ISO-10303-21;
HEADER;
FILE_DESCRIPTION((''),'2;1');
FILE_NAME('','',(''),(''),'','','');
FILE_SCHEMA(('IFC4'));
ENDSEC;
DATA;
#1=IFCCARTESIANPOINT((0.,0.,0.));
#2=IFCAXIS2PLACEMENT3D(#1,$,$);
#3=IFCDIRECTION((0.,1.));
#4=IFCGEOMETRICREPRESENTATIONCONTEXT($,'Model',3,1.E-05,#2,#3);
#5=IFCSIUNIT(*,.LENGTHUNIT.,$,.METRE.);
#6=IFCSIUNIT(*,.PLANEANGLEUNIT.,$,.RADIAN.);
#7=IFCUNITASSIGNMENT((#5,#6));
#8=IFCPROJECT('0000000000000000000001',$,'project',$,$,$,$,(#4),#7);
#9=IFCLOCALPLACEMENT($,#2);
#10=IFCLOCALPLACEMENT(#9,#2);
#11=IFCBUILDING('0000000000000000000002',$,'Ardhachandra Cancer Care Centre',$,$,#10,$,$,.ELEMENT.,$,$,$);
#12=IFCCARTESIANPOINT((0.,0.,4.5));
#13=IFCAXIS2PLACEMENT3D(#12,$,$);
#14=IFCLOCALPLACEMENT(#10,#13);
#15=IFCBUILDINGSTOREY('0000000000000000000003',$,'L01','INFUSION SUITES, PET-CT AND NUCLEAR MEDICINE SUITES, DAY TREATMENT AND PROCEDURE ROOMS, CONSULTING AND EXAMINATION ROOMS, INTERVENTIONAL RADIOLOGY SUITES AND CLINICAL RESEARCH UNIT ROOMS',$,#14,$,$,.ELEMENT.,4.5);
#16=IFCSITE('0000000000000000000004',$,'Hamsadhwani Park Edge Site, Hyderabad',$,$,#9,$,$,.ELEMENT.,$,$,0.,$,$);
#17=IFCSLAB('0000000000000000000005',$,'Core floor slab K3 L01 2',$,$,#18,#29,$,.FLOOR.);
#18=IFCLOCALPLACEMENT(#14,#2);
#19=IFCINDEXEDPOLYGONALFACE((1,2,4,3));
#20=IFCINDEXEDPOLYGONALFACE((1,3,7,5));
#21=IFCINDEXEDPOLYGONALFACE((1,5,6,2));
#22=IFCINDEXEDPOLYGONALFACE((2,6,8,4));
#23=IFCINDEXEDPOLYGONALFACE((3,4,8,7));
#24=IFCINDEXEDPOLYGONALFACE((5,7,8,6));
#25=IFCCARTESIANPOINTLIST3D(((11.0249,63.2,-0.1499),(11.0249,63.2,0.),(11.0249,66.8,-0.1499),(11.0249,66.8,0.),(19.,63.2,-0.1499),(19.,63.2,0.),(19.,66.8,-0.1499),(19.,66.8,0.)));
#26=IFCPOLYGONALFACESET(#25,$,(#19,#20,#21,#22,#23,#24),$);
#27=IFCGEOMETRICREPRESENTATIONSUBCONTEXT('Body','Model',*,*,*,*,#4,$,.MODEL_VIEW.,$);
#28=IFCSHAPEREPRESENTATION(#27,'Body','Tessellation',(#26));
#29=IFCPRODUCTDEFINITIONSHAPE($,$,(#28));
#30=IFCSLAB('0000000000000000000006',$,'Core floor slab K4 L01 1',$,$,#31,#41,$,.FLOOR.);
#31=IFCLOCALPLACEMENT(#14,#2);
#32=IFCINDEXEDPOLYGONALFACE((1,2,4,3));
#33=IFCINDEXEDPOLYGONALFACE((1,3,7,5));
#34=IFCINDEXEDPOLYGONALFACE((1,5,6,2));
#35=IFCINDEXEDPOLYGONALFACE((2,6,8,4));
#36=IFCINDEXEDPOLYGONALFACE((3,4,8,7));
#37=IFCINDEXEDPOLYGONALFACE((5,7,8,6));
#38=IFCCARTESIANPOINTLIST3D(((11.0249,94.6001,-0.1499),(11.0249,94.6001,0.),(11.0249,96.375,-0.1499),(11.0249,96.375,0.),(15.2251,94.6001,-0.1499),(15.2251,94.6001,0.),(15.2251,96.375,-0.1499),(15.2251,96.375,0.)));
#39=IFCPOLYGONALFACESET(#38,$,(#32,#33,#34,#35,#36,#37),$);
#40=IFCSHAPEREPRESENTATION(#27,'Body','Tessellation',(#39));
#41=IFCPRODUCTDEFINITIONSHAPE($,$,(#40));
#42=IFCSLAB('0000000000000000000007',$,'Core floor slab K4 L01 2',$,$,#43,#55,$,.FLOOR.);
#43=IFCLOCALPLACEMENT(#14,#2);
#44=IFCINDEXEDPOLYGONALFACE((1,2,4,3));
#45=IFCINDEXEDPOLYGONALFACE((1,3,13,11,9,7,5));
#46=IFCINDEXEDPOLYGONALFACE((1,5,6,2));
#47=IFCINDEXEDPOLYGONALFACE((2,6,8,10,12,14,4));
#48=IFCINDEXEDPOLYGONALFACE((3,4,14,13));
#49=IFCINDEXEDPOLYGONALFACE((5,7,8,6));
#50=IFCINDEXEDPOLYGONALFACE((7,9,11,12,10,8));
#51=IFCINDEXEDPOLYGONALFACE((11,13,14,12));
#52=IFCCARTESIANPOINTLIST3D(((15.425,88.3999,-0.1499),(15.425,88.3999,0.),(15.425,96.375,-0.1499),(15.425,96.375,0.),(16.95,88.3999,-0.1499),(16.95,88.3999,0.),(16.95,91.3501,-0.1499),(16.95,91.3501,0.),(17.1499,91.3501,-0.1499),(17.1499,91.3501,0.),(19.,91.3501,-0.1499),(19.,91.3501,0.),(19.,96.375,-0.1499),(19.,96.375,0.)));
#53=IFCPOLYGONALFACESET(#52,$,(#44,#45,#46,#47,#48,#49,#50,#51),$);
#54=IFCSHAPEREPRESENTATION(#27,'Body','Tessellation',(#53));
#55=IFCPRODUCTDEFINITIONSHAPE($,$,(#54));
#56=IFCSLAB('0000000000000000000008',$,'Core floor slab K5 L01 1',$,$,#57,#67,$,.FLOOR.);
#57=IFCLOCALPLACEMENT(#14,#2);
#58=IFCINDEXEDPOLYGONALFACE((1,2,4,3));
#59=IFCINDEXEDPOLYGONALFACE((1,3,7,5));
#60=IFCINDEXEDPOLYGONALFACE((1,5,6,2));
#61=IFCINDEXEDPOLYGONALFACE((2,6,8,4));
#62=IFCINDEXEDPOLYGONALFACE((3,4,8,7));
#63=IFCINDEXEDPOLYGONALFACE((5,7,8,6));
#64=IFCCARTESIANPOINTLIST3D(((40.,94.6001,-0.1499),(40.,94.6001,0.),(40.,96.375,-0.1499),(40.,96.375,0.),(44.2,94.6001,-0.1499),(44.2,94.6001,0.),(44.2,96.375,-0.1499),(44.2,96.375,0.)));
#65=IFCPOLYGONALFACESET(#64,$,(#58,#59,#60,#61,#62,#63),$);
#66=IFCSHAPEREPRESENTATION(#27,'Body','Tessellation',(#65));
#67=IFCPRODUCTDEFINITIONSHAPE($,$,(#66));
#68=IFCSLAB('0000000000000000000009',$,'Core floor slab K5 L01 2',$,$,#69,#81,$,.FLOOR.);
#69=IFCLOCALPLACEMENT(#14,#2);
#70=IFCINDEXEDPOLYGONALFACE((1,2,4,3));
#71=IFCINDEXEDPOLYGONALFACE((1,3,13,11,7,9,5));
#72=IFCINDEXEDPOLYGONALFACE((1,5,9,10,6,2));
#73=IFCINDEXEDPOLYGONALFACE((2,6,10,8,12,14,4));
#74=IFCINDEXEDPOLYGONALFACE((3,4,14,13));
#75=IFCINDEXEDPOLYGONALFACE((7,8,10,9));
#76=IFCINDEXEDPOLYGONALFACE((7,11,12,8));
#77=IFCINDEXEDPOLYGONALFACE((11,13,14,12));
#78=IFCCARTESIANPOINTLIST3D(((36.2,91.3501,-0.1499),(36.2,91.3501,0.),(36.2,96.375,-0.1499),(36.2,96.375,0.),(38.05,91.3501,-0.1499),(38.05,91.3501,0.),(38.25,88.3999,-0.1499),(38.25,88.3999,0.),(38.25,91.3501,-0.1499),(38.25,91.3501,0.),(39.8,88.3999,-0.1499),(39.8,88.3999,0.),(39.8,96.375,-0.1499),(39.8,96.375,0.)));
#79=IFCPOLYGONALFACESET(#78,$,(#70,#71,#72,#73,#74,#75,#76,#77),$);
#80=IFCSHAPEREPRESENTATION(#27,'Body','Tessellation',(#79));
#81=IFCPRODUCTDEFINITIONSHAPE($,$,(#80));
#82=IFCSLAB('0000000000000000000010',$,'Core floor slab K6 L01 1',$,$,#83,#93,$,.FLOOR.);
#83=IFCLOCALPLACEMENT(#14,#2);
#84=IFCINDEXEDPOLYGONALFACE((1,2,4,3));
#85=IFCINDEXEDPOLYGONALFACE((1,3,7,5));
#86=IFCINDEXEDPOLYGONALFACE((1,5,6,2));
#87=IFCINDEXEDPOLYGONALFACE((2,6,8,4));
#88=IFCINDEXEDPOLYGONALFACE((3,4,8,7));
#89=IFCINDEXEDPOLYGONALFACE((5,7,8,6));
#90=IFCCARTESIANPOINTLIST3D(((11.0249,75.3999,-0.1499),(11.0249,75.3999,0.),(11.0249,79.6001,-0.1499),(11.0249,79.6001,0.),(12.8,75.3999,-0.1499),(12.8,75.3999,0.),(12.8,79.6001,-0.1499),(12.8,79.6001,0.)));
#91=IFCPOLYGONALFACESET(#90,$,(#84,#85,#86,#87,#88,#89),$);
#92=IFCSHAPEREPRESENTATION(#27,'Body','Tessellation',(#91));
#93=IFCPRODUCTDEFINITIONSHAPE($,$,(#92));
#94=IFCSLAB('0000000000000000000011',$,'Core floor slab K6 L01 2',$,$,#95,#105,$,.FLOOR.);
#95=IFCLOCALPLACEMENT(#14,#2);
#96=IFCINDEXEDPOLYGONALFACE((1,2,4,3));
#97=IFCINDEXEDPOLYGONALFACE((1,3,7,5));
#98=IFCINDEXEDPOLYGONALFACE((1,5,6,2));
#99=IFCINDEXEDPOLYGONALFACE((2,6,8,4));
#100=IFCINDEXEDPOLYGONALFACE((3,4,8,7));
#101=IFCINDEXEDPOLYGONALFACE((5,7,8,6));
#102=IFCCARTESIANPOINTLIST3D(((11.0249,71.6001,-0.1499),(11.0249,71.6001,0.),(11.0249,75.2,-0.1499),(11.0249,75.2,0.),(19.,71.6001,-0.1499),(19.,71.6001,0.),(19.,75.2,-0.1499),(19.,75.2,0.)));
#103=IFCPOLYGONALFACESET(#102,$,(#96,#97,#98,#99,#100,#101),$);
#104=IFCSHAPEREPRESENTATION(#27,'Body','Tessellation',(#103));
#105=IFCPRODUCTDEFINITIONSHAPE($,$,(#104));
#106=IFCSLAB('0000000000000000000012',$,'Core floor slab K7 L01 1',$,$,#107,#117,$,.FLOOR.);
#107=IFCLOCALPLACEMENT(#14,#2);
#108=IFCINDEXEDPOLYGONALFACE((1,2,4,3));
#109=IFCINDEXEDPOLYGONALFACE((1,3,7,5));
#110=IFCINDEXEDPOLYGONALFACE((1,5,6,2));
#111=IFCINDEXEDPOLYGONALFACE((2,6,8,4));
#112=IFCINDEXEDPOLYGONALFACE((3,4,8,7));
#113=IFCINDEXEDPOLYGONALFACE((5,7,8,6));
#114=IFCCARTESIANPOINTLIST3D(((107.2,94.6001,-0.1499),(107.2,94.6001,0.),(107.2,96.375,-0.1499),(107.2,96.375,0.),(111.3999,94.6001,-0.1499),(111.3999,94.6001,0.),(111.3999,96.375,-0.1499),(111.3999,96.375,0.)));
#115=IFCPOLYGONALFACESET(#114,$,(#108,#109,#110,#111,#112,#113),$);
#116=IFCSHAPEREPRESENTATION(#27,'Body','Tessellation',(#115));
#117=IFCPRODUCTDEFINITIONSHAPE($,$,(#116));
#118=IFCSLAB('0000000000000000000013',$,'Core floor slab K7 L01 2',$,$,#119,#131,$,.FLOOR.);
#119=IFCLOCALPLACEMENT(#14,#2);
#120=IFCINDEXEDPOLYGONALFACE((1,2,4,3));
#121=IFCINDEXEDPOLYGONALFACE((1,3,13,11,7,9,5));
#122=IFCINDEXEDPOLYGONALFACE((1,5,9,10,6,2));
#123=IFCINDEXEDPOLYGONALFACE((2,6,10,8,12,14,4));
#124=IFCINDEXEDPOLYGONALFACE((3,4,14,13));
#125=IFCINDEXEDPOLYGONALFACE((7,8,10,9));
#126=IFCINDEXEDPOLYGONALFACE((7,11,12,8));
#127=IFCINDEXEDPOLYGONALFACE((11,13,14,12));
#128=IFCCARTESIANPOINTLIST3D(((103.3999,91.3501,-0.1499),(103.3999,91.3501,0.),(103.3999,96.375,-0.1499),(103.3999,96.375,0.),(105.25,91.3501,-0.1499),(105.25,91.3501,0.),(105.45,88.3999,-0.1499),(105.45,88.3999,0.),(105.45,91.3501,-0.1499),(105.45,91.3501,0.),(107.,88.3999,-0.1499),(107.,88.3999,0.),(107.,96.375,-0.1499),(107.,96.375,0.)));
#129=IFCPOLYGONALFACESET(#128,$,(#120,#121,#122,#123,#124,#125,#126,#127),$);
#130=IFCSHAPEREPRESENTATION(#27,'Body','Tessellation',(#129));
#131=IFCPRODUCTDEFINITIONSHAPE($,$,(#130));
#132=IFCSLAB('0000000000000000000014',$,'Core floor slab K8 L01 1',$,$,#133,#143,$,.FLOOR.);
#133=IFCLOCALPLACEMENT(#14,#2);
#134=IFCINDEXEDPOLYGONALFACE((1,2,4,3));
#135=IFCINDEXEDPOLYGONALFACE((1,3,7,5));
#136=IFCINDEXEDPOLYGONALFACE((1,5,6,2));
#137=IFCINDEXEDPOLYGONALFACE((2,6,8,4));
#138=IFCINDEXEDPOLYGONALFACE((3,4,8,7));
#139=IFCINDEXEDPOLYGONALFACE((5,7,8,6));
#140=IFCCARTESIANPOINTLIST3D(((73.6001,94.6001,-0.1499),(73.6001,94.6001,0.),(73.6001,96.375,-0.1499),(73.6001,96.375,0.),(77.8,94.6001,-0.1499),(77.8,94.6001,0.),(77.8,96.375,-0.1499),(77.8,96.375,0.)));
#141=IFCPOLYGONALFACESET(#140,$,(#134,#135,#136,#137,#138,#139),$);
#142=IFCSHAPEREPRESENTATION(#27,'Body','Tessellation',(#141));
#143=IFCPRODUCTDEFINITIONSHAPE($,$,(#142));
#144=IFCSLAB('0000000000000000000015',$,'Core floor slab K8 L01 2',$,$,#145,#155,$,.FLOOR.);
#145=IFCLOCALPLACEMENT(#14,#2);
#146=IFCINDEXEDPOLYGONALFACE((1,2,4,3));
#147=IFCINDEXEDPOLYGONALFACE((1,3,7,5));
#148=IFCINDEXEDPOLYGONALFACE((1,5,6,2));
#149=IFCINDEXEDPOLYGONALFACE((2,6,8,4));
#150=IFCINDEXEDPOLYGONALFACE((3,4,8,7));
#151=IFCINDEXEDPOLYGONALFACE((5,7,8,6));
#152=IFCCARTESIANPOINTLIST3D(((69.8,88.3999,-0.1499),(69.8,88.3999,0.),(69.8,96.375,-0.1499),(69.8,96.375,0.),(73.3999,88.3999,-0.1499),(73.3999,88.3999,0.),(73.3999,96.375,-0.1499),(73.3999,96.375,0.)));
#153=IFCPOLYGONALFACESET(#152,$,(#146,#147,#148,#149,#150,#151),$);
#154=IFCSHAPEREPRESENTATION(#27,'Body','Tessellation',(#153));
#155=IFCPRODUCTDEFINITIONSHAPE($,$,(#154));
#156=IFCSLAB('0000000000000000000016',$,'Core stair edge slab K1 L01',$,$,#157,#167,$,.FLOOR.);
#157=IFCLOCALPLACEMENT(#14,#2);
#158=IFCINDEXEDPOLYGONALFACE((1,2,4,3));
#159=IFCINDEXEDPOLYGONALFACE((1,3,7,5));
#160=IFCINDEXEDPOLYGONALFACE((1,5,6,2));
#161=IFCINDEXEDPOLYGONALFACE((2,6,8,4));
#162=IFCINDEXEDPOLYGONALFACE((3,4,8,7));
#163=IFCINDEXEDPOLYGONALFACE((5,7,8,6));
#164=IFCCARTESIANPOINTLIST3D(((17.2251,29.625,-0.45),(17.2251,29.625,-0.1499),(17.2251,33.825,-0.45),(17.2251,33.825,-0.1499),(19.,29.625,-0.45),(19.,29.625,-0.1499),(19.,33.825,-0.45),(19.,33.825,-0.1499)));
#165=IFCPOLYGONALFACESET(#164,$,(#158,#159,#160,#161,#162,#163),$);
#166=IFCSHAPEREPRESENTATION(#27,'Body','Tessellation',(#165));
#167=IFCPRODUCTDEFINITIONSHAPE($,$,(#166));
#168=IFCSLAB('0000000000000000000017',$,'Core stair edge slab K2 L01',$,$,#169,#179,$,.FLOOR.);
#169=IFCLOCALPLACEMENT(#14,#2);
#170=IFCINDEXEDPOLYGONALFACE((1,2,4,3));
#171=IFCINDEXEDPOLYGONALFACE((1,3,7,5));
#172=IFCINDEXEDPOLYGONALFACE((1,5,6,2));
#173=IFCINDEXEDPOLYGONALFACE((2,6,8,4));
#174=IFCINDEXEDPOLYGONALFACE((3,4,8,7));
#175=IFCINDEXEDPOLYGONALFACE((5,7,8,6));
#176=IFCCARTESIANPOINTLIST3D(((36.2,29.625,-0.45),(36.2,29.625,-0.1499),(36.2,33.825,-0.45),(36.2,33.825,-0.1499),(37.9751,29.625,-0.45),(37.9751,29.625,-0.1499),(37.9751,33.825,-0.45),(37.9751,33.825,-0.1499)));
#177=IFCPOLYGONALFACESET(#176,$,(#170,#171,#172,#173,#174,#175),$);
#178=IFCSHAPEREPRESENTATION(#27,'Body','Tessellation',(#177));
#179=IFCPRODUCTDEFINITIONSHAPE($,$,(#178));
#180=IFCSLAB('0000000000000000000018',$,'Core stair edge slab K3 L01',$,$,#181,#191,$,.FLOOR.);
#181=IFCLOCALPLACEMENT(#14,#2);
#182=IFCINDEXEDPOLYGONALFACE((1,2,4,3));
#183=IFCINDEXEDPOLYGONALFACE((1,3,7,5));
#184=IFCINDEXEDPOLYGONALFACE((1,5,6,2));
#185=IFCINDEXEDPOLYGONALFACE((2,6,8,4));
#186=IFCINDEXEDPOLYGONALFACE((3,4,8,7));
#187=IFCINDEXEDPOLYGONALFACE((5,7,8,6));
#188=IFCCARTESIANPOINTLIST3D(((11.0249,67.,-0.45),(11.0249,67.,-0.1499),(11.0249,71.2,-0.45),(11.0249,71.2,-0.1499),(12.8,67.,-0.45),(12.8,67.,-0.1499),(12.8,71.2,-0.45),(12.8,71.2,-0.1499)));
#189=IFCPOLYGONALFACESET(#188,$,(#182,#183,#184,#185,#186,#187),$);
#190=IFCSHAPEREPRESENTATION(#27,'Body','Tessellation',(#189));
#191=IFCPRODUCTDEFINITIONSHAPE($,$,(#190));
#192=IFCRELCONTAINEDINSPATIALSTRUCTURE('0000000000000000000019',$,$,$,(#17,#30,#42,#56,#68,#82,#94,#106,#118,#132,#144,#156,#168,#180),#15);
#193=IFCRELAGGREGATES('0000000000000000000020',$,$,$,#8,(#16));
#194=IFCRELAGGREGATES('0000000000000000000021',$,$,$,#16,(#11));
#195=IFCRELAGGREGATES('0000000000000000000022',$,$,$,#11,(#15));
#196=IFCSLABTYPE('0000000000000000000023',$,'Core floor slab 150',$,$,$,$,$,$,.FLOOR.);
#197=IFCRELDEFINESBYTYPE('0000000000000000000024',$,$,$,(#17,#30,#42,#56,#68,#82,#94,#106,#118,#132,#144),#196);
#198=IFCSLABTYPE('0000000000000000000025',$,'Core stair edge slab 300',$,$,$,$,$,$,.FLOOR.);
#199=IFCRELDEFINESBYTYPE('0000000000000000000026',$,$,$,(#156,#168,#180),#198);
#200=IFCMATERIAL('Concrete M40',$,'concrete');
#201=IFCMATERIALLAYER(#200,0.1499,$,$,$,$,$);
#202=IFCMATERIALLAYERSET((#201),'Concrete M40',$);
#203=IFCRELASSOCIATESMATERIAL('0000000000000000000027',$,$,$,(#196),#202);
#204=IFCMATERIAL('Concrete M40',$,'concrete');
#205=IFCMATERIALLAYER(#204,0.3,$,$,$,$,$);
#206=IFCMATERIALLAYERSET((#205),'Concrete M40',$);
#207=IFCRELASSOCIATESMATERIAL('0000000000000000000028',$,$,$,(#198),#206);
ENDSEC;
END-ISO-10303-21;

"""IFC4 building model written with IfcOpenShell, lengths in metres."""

from ifc_helpers import new_model, si_unit, direction, frame, origin, place, context, subcontext, project, spatial, polyline, outline, extrude, material, layer, layer_set, type_object, element, save


model = new_model("IFC4")

# Units and contexts
model_context = context("Model", 3, precision=1e-05, world=origin(), true_north=direction((0.0, 1.0)))
body_context = subcontext(model_context, "Body", "Model", "MODEL_VIEW")
ifc_project = project(units=[si_unit("LENGTHUNIT", "METRE"), si_unit("PLANEANGLEUNIT", "RADIAN")], contexts=[model_context])

# Site, building, storey
site_placement = place(None, origin())
site = spatial("IfcSite", under=ifc_project, at=site_placement, Name="Hamsadhwani Park Edge Site, Hyderabad", CompositionType="ELEMENT", RefElevation=0.0)
building_placement = place(site_placement, origin())
building = spatial("IfcBuilding", under=site, at=building_placement, Name="Ardhachandra Cancer Care Centre", CompositionType="ELEMENT")
storey_placement = place(building_placement, frame((0.0, 0.0, 4.5)))
storey = spatial("IfcBuildingStorey", under=building, at=storey_placement, Name="L01", Description="INFUSION SUITES, PET-CT AND NUCLEAR MEDICINE SUITES, DAY TREATMENT AND PROCEDURE ROOMS, CONSULTING AND EXAMINATION ROOMS, INTERVENTIONAL RADIOLOGY SUITES AND CLINICAL RESEARCH UNIT ROOMS", CompositionType="ELEMENT", Elevation=4.5)

# Slabs
ifc_material_1 = material(Name="Concrete M40", Category="concrete")
ifc_layer_1 = layer(ifc_material_1, 0.1499)
ifc_layer_set_1 = layer_set([ifc_layer_1], Name="Concrete M40")
slab_type_1 = type_object("IfcSlabType", Name="Core floor slab 150", PredefinedType="FLOOR", material=ifc_layer_set_1)
slab_1_placement = place(storey_placement, frame((0.0, 0.0, -0.1499)))
element("IfcSlab", 1, at=slab_1_placement, inside=storey, type_object=slab_type_1, Name="Core floor slab K3 L01 2", PredefinedType="FLOOR", context=body_context, shape_type="SweptSolid", body=[
    extrude(outline(polyline([(11.0249, 63.2), (19.0, 63.2), (19.0, 66.8), (11.0249, 66.8), (11.0249, 63.2)])), origin(), (0.0, 0.0, 1.0), 0.1499),
])
slab_2_placement = place(storey_placement, frame((0.0, 0.0, -0.1499)))
element("IfcSlab", 2, at=slab_2_placement, inside=storey, type_object=slab_type_1, Name="Core floor slab K4 L01 1", PredefinedType="FLOOR", context=body_context, shape_type="SweptSolid", body=[
    extrude(outline(polyline([(11.0249, 96.375), (15.2251, 96.375), (15.2251, 94.6001), (11.0249, 94.6001), (11.0249, 96.375)])), origin(), (0.0, 0.0, 1.0), 0.1499),
])
slab_3_placement = place(storey_placement, frame((0.0, 0.0, -0.1499)))
element("IfcSlab", 3, at=slab_3_placement, inside=storey, type_object=slab_type_1, Name="Core floor slab K4 L01 2", PredefinedType="FLOOR", context=body_context, shape_type="SweptSolid", body=[
    extrude(outline(polyline([(19.0, 96.375), (19.0, 91.3501), (17.1499, 91.3501), (16.95, 91.3501), (16.95, 88.3999), (15.425, 88.3999), (15.425, 96.375), (19.0, 96.375)])), origin(), (0.0, 0.0, 1.0), 0.1499),
])
slab_4_placement = place(storey_placement, frame((0.0, 0.0, -0.1499)))
element("IfcSlab", 4, at=slab_4_placement, inside=storey, type_object=slab_type_1, Name="Core floor slab K5 L01 1", PredefinedType="FLOOR", context=body_context, shape_type="SweptSolid", body=[
    extrude(outline(polyline([(44.2, 96.375), (40.0, 96.375), (40.0, 94.6001), (44.2, 94.6001), (44.2, 96.375)])), origin(), (0.0, 0.0, 1.0), 0.1499),
])
slab_5_placement = place(storey_placement, frame((0.0, 0.0, -0.1499)))
element("IfcSlab", 5, at=slab_5_placement, inside=storey, type_object=slab_type_1, Name="Core floor slab K5 L01 2", PredefinedType="FLOOR", context=body_context, shape_type="SweptSolid", body=[
    extrude(outline(polyline([(36.2, 96.375), (36.2, 91.3501), (38.05, 91.3501), (38.25, 91.3501), (38.25, 88.3999), (39.8, 88.3999), (39.8, 96.375), (36.2, 96.375)])), origin(), (0.0, 0.0, 1.0), 0.1499),
])
slab_6_placement = place(storey_placement, frame((0.0, 0.0, -0.1499)))
element("IfcSlab", 6, at=slab_6_placement, inside=storey, type_object=slab_type_1, Name="Core floor slab K6 L01 1", PredefinedType="FLOOR", context=body_context, shape_type="SweptSolid", body=[
    extrude(outline(polyline([(11.0249, 79.6001), (11.0249, 75.3999), (12.8, 75.3999), (12.8, 79.6001), (11.0249, 79.6001)])), origin(), (0.0, 0.0, 1.0), 0.1499),
])
slab_7_placement = place(storey_placement, frame((0.0, 0.0, -0.1499)))
element("IfcSlab", 7, at=slab_7_placement, inside=storey, type_object=slab_type_1, Name="Core floor slab K6 L01 2", PredefinedType="FLOOR", context=body_context, shape_type="SweptSolid", body=[
    extrude(outline(polyline([(11.0249, 71.6001), (19.0, 71.6001), (19.0, 75.2), (11.0249, 75.2), (11.0249, 71.6001)])), origin(), (0.0, 0.0, 1.0), 0.1499),
])
slab_8_placement = place(storey_placement, frame((0.0, 0.0, -0.1499)))
element("IfcSlab", 8, at=slab_8_placement, inside=storey, type_object=slab_type_1, Name="Core floor slab K7 L01 1", PredefinedType="FLOOR", context=body_context, shape_type="SweptSolid", body=[
    extrude(outline(polyline([(111.3999, 96.375), (107.2, 96.375), (107.2, 94.6001), (111.3999, 94.6001), (111.3999, 96.375)])), origin(), (0.0, 0.0, 1.0), 0.1499),
])
slab_9_placement = place(storey_placement, frame((0.0, 0.0, -0.1499)))
element("IfcSlab", 9, at=slab_9_placement, inside=storey, type_object=slab_type_1, Name="Core floor slab K7 L01 2", PredefinedType="FLOOR", context=body_context, shape_type="SweptSolid", body=[
    extrude(outline(polyline([(103.3999, 96.375), (103.3999, 91.3501), (105.25, 91.3501), (105.45, 91.3501), (105.45, 88.3999), (107.0, 88.3999), (107.0, 96.375), (103.3999, 96.375)])), origin(), (0.0, 0.0, 1.0), 0.1499),
])
slab_10_placement = place(storey_placement, frame((0.0, 0.0, -0.1499)))
element("IfcSlab", 10, at=slab_10_placement, inside=storey, type_object=slab_type_1, Name="Core floor slab K8 L01 1", PredefinedType="FLOOR", context=body_context, shape_type="SweptSolid", body=[
    extrude(outline(polyline([(77.8, 96.375), (73.6001, 96.375), (73.6001, 94.6001), (77.8, 94.6001), (77.8, 96.375)])), origin(), (0.0, 0.0, 1.0), 0.1499),
])
slab_11_placement = place(storey_placement, frame((0.0, 0.0, -0.1499)))
element("IfcSlab", 11, at=slab_11_placement, inside=storey, type_object=slab_type_1, Name="Core floor slab K8 L01 2", PredefinedType="FLOOR", context=body_context, shape_type="SweptSolid", body=[
    extrude(outline(polyline([(69.8, 96.375), (69.8, 88.3999), (73.3999, 88.3999), (73.3999, 96.375), (69.8, 96.375)])), origin(), (0.0, 0.0, 1.0), 0.1499),
])
ifc_material_2 = material(Name="Concrete M40", Category="concrete")
ifc_layer_2 = layer(ifc_material_2, 0.3)
ifc_layer_set_2 = layer_set([ifc_layer_2], Name="Concrete M40")
slab_type_2 = type_object("IfcSlabType", Name="Core stair edge slab 300", PredefinedType="FLOOR", material=ifc_layer_set_2)
slab_12_placement = place(storey_placement, frame((0.0, 0.0, -0.45)))
element("IfcSlab", 12, at=slab_12_placement, inside=storey, type_object=slab_type_2, Name="Core stair edge slab K1 L01", PredefinedType="FLOOR", context=body_context, shape_type="SweptSolid", body=[
    extrude(outline(polyline([(17.2251, 29.625), (17.2251, 33.825), (19.0, 33.825), (19.0, 29.625), (17.2251, 29.625)])), origin(), (0.0, 0.0, 1.0), 0.3),
])
slab_13_placement = place(storey_placement, frame((0.0, 0.0, -0.45)))
element("IfcSlab", 13, at=slab_13_placement, inside=storey, type_object=slab_type_2, Name="Core stair edge slab K2 L01", PredefinedType="FLOOR", context=body_context, shape_type="SweptSolid", body=[
    extrude(outline(polyline([(37.9751, 29.625), (37.9751, 33.825), (36.2, 33.825), (36.2, 29.625), (37.9751, 29.625)])), origin(), (0.0, 0.0, 1.0), 0.3),
])
slab_14_placement = place(storey_placement, frame((0.0, 0.0, -0.45)))
element("IfcSlab", 14, at=slab_14_placement, inside=storey, type_object=slab_type_2, Name="Core stair edge slab K3 L01", PredefinedType="FLOOR", context=body_context, shape_type="SweptSolid", body=[
    extrude(outline(polyline([(12.8, 71.2), (12.8, 67.0), (11.0249, 67.0), (11.0249, 71.2), (12.8, 71.2)])), origin(), (0.0, 0.0, 1.0), 0.3),
])

save(model, "model.ifc")
